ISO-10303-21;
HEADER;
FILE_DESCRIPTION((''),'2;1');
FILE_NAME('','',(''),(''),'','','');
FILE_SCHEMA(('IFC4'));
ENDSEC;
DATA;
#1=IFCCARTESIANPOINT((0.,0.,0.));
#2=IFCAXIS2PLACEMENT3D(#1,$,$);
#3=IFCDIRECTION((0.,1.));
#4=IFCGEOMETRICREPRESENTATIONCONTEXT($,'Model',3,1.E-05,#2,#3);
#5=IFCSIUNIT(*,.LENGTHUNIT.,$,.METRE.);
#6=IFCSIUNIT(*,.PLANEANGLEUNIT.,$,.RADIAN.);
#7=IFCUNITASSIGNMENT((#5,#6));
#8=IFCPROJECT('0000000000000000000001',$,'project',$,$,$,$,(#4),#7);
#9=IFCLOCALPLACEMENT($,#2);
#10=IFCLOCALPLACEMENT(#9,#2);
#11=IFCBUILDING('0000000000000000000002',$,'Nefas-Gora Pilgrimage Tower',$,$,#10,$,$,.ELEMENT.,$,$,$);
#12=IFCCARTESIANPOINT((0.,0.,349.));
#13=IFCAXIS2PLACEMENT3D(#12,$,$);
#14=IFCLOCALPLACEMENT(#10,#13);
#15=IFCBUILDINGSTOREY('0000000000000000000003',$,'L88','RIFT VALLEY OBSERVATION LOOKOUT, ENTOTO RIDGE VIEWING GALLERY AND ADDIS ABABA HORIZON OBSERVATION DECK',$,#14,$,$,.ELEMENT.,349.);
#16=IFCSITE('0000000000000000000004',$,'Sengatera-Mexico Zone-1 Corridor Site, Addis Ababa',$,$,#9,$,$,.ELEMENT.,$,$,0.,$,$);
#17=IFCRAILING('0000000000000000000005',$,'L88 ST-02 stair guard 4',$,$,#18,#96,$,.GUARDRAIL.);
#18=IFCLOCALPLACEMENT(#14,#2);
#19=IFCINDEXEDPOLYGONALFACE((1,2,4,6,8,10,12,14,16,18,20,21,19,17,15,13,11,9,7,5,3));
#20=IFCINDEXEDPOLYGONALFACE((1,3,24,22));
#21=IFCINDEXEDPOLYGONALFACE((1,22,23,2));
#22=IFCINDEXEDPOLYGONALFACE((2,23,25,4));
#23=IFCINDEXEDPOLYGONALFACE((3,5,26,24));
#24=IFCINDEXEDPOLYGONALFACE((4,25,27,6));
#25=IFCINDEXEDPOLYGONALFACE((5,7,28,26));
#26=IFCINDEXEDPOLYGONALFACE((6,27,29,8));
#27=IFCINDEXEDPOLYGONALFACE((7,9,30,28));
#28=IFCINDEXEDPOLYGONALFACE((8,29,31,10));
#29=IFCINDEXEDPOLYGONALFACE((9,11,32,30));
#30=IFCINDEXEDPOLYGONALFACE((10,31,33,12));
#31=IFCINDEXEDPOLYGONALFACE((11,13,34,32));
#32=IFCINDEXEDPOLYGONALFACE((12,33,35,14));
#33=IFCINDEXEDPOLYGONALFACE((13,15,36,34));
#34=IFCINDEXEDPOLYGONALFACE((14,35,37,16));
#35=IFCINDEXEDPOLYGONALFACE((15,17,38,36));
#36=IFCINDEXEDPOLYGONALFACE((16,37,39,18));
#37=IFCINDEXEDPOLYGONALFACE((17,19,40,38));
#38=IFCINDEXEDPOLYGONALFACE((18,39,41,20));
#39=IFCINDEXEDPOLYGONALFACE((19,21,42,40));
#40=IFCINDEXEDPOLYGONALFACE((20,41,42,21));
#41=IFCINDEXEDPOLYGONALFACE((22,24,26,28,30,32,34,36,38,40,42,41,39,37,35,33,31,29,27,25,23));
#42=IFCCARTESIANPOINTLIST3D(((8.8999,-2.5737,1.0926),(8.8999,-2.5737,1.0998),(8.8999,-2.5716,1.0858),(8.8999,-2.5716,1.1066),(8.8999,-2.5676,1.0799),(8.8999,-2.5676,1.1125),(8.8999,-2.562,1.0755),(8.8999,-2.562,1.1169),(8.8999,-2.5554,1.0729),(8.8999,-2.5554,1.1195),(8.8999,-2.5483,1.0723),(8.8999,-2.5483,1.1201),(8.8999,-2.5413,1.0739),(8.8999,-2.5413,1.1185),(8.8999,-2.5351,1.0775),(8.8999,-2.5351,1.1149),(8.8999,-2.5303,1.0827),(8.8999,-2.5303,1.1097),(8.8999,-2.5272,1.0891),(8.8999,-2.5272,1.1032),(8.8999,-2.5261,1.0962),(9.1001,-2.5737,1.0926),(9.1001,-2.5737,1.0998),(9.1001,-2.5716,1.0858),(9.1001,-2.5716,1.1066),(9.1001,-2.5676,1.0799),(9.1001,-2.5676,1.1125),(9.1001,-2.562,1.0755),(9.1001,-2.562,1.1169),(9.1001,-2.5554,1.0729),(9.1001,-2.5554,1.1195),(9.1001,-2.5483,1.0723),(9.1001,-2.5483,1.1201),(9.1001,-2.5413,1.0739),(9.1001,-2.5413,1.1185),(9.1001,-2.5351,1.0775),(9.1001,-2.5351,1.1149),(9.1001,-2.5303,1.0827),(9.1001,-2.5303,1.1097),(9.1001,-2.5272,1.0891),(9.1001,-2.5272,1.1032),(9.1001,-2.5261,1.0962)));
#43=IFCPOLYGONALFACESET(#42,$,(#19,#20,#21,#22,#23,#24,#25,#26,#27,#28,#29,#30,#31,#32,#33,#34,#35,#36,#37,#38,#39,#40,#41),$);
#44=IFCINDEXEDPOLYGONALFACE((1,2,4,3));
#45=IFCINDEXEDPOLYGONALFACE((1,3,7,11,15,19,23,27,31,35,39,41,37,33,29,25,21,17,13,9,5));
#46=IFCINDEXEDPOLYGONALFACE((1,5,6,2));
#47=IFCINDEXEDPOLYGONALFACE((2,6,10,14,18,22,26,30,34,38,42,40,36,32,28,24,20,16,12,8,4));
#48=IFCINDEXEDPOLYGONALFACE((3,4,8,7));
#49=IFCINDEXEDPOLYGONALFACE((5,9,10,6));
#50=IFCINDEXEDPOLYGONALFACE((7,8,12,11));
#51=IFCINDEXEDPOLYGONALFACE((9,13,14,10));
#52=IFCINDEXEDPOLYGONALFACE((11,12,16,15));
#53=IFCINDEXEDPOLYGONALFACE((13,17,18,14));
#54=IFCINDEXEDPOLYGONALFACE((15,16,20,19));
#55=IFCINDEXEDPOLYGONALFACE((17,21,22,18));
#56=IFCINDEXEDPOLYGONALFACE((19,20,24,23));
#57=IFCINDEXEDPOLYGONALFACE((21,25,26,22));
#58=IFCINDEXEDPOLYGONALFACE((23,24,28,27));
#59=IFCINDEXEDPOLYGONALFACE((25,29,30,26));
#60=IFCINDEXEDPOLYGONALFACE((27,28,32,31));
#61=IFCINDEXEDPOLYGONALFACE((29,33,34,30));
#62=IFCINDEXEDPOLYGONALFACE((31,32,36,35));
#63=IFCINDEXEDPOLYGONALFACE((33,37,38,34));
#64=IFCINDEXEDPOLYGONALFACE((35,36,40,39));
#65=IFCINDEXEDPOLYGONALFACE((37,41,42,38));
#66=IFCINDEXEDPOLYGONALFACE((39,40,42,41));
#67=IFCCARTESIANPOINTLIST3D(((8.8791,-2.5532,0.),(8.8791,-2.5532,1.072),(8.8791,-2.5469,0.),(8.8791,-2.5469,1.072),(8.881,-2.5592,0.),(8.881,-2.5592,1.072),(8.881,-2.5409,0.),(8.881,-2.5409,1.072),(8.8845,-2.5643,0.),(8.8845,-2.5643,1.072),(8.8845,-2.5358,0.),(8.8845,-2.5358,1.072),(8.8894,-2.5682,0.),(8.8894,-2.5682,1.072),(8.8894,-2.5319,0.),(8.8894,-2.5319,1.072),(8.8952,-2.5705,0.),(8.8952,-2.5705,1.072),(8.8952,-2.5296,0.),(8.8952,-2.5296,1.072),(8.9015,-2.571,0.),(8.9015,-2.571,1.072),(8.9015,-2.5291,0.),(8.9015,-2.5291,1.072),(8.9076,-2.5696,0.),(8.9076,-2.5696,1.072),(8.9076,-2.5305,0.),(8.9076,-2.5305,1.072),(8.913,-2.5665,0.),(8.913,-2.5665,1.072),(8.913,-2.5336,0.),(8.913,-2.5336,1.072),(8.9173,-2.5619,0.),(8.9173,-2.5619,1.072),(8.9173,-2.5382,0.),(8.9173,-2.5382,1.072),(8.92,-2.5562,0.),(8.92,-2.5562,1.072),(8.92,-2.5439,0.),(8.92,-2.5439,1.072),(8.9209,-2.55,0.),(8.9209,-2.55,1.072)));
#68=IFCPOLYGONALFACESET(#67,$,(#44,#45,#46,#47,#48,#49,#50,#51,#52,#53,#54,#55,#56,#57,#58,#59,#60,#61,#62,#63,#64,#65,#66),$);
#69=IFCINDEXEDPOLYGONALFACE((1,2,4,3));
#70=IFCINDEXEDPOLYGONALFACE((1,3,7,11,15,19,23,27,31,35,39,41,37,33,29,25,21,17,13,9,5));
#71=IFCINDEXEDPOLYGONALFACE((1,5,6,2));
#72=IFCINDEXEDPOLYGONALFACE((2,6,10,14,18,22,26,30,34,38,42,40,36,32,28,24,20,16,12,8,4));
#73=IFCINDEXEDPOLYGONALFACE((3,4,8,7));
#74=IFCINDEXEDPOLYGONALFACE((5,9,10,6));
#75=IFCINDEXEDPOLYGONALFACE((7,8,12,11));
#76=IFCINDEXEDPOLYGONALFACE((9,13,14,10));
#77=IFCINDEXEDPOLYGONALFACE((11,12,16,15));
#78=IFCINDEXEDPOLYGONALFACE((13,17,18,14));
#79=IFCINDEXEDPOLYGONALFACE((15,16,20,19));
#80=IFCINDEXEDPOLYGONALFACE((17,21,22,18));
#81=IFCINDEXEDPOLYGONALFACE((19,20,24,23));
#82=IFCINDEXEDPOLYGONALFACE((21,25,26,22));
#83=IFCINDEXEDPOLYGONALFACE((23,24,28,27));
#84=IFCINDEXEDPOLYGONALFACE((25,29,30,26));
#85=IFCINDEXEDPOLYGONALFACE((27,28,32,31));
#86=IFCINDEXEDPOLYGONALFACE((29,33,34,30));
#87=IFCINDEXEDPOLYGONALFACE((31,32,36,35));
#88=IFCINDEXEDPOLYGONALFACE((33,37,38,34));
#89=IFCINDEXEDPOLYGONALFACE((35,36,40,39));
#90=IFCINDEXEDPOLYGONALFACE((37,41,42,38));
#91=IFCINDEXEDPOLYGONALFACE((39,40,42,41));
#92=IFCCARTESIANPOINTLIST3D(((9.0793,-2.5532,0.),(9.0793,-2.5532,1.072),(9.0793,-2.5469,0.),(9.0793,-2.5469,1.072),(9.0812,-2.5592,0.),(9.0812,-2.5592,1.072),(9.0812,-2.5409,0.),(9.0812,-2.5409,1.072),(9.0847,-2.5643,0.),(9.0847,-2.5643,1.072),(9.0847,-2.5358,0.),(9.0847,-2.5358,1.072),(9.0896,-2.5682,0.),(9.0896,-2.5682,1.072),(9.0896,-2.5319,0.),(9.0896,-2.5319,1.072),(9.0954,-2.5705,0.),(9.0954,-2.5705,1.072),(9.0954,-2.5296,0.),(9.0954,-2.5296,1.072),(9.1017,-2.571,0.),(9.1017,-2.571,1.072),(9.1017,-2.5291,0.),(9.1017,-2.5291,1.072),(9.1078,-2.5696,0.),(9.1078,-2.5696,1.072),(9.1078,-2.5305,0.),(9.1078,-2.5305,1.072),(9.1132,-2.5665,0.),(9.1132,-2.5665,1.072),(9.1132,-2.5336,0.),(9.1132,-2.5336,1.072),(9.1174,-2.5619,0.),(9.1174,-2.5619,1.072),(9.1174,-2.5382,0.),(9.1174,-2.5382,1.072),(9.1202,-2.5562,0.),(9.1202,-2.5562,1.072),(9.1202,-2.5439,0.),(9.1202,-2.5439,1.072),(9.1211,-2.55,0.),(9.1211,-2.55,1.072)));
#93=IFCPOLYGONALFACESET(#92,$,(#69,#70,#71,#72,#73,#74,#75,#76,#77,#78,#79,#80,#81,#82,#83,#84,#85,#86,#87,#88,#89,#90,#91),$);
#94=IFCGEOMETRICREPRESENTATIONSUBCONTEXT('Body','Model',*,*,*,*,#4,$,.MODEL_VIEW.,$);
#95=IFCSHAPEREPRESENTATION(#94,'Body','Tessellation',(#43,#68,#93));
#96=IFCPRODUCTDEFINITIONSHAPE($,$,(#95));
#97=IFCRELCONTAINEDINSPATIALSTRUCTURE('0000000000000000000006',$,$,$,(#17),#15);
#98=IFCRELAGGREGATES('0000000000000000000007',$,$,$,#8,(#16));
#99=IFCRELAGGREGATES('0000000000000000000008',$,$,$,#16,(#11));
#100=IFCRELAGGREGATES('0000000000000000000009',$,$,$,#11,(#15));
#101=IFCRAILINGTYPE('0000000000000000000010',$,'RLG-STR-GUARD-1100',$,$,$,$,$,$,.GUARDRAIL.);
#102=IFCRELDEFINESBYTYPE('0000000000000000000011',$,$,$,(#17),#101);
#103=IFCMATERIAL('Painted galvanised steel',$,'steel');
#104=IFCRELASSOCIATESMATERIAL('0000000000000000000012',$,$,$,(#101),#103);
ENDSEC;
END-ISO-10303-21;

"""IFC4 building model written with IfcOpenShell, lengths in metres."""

from ifc_helpers import new_model, si_unit, direction, frame, origin, origin_2d, place, context, subcontext, project, spatial, circle, extrude, material, type_object, element, save


model = new_model("IFC4")

# Units and contexts
model_context = context("Model", 3, precision=1e-05, world=origin(), true_north=direction((0.0, 1.0)))
body_context = subcontext(model_context, "Body", "Model", "MODEL_VIEW")
ifc_project = project(units=[si_unit("LENGTHUNIT", "METRE"), si_unit("PLANEANGLEUNIT", "RADIAN")], contexts=[model_context])

# Site, building, storey
site_placement = place(None, origin())
site = spatial("IfcSite", under=ifc_project, at=site_placement, Name="Sengatera-Mexico Zone-1 Corridor Site, Addis Ababa", CompositionType="ELEMENT", RefElevation=0.0)
building_placement = place(site_placement, origin())
building = spatial("IfcBuilding", under=site, at=building_placement, Name="Nefas-Gora Pilgrimage Tower", CompositionType="ELEMENT")
storey_placement = place(building_placement, frame((0.0, 0.0, 349.0)))
storey = spatial("IfcBuildingStorey", under=building, at=storey_placement, Name="L88", Description="RIFT VALLEY OBSERVATION LOOKOUT, ENTOTO RIDGE VIEWING GALLERY AND ADDIS ABABA HORIZON OBSERVATION DECK", CompositionType="ELEMENT", Elevation=349.0)

# Railing
ifc_material_1 = material(Name="Painted galvanised steel", Category="steel")
railing_type_1 = type_object("IfcRailingType", Name="RLG-STR-GUARD-1100", PredefinedType="GUARDRAIL", material=ifc_material_1)
railing_1_placement = place(storey_placement, frame((8.8999, -2.55, 0.0)))
element("IfcRailing", 1, at=railing_1_placement, inside=storey, type_object=railing_type_1, Name="L88 ST-02 stair guard 4", PredefinedType="GUARDRAIL", context=body_context, shape_type="SweptSolid", body=[
    extrude(circle(Radius=0.0239, at=origin_2d()), frame((0.0, 0.0, 1.0962), z_axis=(1.0, 0.0, 0.0), x_axis=(0.0, 1.0, 0.0)), (0.0, 0.0, 1.0), 0.2002),
    extrude(circle(Radius=0.021, at=origin_2d()), origin(), (0.0, 0.0, 1.0), 1.072),
    extrude(circle(Radius=0.021, at=origin_2d()), frame((0.2002, 0.0, 0.0)), (0.0, 0.0, 1.0), 1.072),
])

save(model, "model.ifc")
